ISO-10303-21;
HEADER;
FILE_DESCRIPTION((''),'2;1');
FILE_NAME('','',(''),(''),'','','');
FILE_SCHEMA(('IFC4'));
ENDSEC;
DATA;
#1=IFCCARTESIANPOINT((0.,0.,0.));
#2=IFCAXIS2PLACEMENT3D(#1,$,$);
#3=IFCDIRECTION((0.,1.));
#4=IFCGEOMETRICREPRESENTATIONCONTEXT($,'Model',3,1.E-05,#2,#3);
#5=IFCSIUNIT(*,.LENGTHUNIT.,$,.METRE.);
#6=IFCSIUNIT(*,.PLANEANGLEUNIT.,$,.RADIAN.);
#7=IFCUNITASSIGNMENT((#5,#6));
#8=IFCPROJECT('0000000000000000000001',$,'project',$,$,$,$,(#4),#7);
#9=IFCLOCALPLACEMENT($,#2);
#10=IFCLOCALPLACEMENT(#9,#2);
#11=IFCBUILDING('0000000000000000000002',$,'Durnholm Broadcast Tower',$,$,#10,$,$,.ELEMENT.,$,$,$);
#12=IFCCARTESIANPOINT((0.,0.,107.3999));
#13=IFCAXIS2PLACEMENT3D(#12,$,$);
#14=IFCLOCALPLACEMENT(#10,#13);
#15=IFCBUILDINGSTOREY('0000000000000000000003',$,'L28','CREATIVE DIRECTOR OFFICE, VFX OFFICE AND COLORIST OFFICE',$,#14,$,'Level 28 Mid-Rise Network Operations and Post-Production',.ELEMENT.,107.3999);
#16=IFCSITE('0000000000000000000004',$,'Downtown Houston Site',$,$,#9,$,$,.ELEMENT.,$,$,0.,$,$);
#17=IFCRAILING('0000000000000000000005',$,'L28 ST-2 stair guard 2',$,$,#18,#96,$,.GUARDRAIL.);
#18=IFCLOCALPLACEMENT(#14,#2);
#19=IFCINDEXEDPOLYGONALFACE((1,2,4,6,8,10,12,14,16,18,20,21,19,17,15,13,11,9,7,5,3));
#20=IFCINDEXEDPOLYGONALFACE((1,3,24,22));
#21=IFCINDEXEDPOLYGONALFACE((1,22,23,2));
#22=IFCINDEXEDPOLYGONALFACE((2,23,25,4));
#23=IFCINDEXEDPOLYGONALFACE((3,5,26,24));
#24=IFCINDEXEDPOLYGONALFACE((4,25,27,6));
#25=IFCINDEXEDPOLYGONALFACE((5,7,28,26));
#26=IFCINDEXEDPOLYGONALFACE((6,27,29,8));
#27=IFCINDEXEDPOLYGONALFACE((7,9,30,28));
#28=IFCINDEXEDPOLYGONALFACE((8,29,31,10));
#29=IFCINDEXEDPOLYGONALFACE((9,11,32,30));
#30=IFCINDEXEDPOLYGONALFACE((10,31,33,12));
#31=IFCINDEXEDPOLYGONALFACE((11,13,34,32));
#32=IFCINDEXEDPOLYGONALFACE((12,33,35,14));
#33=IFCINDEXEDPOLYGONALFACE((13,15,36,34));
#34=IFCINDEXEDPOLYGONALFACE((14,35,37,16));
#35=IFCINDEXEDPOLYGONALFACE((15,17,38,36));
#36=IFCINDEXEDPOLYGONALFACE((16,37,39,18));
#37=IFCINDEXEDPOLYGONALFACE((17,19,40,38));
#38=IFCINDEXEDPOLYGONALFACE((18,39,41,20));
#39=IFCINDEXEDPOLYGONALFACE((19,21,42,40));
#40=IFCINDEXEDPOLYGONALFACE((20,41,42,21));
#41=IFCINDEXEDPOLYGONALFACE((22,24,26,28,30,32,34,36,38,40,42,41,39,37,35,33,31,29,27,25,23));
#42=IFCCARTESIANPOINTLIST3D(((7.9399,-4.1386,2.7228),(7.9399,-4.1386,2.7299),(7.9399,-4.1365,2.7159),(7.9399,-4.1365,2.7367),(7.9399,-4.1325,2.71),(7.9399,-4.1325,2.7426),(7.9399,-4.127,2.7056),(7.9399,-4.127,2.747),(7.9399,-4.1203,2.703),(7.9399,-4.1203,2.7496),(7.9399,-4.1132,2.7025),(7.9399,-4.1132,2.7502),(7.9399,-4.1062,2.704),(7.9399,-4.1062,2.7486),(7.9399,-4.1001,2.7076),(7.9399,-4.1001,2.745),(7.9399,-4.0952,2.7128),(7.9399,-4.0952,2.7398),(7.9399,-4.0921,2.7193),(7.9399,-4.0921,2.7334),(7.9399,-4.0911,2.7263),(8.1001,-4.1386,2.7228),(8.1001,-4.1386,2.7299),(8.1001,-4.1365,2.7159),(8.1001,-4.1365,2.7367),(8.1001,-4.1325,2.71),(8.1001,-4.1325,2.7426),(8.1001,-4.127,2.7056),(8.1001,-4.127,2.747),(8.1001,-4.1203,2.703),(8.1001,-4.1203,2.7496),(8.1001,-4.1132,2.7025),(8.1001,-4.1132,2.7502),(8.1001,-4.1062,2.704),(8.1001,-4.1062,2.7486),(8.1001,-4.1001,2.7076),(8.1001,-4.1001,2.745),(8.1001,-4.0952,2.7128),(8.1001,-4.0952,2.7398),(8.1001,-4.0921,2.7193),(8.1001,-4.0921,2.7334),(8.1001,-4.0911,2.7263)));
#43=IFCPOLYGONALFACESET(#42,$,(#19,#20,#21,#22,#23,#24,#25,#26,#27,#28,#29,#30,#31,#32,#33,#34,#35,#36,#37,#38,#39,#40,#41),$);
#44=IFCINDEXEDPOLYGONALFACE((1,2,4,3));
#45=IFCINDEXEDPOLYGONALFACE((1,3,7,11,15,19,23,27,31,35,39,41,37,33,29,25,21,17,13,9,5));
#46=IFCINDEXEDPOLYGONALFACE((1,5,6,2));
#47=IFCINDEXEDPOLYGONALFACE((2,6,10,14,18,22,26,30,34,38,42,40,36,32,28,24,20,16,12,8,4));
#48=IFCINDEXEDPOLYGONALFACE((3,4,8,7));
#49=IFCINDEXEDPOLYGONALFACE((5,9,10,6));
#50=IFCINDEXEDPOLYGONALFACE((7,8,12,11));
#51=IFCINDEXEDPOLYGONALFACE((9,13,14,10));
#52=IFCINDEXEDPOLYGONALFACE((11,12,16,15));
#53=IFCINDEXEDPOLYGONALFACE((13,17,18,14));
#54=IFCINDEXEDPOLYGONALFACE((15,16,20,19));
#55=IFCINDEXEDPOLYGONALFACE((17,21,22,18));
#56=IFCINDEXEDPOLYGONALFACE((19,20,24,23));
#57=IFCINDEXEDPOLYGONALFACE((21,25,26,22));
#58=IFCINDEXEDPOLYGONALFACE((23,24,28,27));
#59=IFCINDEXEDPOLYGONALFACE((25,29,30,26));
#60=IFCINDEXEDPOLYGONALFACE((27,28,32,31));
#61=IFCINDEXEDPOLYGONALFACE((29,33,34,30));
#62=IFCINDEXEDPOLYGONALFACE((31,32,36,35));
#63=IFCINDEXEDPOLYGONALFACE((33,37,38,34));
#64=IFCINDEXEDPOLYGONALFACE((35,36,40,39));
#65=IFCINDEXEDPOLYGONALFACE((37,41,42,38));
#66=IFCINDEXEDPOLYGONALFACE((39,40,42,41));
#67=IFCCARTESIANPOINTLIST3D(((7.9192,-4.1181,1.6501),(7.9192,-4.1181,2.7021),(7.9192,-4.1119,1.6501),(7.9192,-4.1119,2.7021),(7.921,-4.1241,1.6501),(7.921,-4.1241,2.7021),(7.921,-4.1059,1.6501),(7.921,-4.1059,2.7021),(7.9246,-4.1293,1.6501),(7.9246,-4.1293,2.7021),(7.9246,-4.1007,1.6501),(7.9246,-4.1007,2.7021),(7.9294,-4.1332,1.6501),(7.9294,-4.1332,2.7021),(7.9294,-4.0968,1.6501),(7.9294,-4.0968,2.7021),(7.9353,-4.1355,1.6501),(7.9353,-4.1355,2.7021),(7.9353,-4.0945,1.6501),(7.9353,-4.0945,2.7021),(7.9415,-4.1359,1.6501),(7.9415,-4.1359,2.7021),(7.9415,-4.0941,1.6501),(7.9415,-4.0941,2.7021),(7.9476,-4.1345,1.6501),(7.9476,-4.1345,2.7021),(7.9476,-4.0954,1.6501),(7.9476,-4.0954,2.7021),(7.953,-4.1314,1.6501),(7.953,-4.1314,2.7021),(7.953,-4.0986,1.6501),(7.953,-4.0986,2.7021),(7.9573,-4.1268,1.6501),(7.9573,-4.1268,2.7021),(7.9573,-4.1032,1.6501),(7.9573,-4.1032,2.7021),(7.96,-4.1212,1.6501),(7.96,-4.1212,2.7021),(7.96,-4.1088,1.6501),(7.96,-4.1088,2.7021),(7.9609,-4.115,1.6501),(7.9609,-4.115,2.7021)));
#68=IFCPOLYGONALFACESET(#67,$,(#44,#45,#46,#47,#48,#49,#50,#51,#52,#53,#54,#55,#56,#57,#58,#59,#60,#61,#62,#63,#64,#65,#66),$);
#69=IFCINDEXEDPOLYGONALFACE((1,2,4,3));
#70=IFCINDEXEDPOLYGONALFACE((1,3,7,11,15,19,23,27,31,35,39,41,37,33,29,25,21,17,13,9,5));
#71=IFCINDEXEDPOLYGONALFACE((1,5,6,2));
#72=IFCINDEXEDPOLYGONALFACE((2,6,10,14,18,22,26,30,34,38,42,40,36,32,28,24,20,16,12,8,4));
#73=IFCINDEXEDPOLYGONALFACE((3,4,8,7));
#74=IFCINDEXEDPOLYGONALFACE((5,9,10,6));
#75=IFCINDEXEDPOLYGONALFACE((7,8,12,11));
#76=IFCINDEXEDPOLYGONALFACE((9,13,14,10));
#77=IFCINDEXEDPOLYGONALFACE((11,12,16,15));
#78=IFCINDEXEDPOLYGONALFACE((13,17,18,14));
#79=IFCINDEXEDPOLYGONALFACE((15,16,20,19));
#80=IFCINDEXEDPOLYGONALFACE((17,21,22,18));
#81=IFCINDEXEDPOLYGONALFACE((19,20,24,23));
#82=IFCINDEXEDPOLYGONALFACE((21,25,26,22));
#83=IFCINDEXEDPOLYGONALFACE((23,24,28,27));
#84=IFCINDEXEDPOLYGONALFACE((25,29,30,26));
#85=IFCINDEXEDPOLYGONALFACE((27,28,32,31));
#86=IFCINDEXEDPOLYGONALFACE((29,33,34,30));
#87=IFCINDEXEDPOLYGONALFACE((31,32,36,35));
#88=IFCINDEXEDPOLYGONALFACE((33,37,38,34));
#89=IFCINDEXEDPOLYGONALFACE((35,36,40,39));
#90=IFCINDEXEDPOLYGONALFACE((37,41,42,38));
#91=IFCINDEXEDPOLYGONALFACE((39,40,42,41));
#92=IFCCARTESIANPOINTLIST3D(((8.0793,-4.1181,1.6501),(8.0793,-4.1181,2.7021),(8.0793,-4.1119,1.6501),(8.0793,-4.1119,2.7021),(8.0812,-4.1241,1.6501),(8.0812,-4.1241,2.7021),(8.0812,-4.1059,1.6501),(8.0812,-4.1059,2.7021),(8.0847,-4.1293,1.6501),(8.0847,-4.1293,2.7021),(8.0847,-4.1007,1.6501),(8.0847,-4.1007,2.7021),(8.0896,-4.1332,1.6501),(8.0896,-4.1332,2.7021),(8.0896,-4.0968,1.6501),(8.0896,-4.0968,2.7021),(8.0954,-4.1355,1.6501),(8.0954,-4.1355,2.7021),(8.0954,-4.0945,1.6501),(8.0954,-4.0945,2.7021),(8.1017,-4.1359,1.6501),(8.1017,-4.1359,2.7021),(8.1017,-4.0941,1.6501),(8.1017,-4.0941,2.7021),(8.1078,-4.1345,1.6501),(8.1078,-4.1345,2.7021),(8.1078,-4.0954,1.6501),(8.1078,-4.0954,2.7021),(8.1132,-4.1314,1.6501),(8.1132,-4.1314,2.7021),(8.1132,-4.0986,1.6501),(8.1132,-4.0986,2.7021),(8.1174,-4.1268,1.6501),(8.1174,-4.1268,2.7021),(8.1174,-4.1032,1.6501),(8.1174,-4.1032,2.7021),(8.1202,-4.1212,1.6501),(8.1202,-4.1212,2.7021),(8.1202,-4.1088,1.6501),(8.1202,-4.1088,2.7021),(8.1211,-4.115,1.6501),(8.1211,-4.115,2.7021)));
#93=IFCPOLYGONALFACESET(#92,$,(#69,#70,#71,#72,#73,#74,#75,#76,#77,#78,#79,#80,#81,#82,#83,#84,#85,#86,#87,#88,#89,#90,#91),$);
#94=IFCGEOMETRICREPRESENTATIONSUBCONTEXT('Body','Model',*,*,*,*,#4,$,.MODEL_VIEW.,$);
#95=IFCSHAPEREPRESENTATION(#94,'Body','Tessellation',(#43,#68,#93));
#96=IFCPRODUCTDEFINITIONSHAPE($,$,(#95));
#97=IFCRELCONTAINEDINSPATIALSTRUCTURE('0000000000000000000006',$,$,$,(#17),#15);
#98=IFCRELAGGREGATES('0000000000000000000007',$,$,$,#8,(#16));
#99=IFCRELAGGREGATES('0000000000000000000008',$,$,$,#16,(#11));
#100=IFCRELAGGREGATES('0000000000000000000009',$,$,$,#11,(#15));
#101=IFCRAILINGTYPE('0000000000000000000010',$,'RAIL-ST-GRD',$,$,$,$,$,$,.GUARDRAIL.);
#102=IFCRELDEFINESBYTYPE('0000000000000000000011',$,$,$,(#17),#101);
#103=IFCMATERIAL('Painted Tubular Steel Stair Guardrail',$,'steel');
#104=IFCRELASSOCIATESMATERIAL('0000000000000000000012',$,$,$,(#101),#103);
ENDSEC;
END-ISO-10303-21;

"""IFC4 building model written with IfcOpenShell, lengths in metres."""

from ifc_helpers import new_model, si_unit, direction, frame, origin, origin_2d, place, context, subcontext, project, spatial, circle, extrude, material, type_object, element, save


model = new_model("IFC4")

# Units and contexts
model_context = context("Model", 3, precision=1e-05, world=origin(), true_north=direction((0.0, 1.0)))
body_context = subcontext(model_context, "Body", "Model", "MODEL_VIEW")
ifc_project = project(units=[si_unit("LENGTHUNIT", "METRE"), si_unit("PLANEANGLEUNIT", "RADIAN")], contexts=[model_context])

# Site, building, storey
site_placement = place(None, origin())
site = spatial("IfcSite", under=ifc_project, at=site_placement, Name="Downtown Houston Site", CompositionType="ELEMENT", RefElevation=0.0)
building_placement = place(site_placement, origin())
building = spatial("IfcBuilding", under=site, at=building_placement, Name="Durnholm Broadcast Tower", CompositionType="ELEMENT")
storey_placement = place(building_placement, frame((0.0, 0.0, 107.3999)))
storey = spatial("IfcBuildingStorey", under=building, at=storey_placement, Name="L28", Description="CREATIVE DIRECTOR OFFICE, VFX OFFICE AND COLORIST OFFICE", LongName="Level 28 Mid-Rise Network Operations and Post-Production", CompositionType="ELEMENT", Elevation=107.3999)

# Railing
ifc_material_1 = material(Name="Painted Tubular Steel Stair Guardrail", Category="steel")
railing_type_1 = type_object("IfcRailingType", Name="RAIL-ST-GRD", PredefinedType="GUARDRAIL", material=ifc_material_1)
railing_1_placement = place(storey_placement, frame((7.9399, -4.115, 1.6501)))
element("IfcRailing", 1, at=railing_1_placement, inside=storey, type_object=railing_type_1, Name="L28 ST-2 stair guard 2", PredefinedType="GUARDRAIL", context=body_context, shape_type="SweptSolid", body=[
    extrude(circle(Radius=0.0239, at=origin_2d()), frame((0.0, 0.0, 1.0762), z_axis=(1.0, 0.0, 0.0), x_axis=(0.0, 1.0, 0.0)), (0.0, 0.0, 1.0), 0.1602),
    extrude(circle(Radius=0.021, at=origin_2d()), origin(), (0.0, 0.0, 1.0), 1.052),
    extrude(circle(Radius=0.021, at=origin_2d()), frame((0.1602, 0.0, 0.0)), (0.0, 0.0, 1.0), 1.052),
])

save(model, "model.ifc")
